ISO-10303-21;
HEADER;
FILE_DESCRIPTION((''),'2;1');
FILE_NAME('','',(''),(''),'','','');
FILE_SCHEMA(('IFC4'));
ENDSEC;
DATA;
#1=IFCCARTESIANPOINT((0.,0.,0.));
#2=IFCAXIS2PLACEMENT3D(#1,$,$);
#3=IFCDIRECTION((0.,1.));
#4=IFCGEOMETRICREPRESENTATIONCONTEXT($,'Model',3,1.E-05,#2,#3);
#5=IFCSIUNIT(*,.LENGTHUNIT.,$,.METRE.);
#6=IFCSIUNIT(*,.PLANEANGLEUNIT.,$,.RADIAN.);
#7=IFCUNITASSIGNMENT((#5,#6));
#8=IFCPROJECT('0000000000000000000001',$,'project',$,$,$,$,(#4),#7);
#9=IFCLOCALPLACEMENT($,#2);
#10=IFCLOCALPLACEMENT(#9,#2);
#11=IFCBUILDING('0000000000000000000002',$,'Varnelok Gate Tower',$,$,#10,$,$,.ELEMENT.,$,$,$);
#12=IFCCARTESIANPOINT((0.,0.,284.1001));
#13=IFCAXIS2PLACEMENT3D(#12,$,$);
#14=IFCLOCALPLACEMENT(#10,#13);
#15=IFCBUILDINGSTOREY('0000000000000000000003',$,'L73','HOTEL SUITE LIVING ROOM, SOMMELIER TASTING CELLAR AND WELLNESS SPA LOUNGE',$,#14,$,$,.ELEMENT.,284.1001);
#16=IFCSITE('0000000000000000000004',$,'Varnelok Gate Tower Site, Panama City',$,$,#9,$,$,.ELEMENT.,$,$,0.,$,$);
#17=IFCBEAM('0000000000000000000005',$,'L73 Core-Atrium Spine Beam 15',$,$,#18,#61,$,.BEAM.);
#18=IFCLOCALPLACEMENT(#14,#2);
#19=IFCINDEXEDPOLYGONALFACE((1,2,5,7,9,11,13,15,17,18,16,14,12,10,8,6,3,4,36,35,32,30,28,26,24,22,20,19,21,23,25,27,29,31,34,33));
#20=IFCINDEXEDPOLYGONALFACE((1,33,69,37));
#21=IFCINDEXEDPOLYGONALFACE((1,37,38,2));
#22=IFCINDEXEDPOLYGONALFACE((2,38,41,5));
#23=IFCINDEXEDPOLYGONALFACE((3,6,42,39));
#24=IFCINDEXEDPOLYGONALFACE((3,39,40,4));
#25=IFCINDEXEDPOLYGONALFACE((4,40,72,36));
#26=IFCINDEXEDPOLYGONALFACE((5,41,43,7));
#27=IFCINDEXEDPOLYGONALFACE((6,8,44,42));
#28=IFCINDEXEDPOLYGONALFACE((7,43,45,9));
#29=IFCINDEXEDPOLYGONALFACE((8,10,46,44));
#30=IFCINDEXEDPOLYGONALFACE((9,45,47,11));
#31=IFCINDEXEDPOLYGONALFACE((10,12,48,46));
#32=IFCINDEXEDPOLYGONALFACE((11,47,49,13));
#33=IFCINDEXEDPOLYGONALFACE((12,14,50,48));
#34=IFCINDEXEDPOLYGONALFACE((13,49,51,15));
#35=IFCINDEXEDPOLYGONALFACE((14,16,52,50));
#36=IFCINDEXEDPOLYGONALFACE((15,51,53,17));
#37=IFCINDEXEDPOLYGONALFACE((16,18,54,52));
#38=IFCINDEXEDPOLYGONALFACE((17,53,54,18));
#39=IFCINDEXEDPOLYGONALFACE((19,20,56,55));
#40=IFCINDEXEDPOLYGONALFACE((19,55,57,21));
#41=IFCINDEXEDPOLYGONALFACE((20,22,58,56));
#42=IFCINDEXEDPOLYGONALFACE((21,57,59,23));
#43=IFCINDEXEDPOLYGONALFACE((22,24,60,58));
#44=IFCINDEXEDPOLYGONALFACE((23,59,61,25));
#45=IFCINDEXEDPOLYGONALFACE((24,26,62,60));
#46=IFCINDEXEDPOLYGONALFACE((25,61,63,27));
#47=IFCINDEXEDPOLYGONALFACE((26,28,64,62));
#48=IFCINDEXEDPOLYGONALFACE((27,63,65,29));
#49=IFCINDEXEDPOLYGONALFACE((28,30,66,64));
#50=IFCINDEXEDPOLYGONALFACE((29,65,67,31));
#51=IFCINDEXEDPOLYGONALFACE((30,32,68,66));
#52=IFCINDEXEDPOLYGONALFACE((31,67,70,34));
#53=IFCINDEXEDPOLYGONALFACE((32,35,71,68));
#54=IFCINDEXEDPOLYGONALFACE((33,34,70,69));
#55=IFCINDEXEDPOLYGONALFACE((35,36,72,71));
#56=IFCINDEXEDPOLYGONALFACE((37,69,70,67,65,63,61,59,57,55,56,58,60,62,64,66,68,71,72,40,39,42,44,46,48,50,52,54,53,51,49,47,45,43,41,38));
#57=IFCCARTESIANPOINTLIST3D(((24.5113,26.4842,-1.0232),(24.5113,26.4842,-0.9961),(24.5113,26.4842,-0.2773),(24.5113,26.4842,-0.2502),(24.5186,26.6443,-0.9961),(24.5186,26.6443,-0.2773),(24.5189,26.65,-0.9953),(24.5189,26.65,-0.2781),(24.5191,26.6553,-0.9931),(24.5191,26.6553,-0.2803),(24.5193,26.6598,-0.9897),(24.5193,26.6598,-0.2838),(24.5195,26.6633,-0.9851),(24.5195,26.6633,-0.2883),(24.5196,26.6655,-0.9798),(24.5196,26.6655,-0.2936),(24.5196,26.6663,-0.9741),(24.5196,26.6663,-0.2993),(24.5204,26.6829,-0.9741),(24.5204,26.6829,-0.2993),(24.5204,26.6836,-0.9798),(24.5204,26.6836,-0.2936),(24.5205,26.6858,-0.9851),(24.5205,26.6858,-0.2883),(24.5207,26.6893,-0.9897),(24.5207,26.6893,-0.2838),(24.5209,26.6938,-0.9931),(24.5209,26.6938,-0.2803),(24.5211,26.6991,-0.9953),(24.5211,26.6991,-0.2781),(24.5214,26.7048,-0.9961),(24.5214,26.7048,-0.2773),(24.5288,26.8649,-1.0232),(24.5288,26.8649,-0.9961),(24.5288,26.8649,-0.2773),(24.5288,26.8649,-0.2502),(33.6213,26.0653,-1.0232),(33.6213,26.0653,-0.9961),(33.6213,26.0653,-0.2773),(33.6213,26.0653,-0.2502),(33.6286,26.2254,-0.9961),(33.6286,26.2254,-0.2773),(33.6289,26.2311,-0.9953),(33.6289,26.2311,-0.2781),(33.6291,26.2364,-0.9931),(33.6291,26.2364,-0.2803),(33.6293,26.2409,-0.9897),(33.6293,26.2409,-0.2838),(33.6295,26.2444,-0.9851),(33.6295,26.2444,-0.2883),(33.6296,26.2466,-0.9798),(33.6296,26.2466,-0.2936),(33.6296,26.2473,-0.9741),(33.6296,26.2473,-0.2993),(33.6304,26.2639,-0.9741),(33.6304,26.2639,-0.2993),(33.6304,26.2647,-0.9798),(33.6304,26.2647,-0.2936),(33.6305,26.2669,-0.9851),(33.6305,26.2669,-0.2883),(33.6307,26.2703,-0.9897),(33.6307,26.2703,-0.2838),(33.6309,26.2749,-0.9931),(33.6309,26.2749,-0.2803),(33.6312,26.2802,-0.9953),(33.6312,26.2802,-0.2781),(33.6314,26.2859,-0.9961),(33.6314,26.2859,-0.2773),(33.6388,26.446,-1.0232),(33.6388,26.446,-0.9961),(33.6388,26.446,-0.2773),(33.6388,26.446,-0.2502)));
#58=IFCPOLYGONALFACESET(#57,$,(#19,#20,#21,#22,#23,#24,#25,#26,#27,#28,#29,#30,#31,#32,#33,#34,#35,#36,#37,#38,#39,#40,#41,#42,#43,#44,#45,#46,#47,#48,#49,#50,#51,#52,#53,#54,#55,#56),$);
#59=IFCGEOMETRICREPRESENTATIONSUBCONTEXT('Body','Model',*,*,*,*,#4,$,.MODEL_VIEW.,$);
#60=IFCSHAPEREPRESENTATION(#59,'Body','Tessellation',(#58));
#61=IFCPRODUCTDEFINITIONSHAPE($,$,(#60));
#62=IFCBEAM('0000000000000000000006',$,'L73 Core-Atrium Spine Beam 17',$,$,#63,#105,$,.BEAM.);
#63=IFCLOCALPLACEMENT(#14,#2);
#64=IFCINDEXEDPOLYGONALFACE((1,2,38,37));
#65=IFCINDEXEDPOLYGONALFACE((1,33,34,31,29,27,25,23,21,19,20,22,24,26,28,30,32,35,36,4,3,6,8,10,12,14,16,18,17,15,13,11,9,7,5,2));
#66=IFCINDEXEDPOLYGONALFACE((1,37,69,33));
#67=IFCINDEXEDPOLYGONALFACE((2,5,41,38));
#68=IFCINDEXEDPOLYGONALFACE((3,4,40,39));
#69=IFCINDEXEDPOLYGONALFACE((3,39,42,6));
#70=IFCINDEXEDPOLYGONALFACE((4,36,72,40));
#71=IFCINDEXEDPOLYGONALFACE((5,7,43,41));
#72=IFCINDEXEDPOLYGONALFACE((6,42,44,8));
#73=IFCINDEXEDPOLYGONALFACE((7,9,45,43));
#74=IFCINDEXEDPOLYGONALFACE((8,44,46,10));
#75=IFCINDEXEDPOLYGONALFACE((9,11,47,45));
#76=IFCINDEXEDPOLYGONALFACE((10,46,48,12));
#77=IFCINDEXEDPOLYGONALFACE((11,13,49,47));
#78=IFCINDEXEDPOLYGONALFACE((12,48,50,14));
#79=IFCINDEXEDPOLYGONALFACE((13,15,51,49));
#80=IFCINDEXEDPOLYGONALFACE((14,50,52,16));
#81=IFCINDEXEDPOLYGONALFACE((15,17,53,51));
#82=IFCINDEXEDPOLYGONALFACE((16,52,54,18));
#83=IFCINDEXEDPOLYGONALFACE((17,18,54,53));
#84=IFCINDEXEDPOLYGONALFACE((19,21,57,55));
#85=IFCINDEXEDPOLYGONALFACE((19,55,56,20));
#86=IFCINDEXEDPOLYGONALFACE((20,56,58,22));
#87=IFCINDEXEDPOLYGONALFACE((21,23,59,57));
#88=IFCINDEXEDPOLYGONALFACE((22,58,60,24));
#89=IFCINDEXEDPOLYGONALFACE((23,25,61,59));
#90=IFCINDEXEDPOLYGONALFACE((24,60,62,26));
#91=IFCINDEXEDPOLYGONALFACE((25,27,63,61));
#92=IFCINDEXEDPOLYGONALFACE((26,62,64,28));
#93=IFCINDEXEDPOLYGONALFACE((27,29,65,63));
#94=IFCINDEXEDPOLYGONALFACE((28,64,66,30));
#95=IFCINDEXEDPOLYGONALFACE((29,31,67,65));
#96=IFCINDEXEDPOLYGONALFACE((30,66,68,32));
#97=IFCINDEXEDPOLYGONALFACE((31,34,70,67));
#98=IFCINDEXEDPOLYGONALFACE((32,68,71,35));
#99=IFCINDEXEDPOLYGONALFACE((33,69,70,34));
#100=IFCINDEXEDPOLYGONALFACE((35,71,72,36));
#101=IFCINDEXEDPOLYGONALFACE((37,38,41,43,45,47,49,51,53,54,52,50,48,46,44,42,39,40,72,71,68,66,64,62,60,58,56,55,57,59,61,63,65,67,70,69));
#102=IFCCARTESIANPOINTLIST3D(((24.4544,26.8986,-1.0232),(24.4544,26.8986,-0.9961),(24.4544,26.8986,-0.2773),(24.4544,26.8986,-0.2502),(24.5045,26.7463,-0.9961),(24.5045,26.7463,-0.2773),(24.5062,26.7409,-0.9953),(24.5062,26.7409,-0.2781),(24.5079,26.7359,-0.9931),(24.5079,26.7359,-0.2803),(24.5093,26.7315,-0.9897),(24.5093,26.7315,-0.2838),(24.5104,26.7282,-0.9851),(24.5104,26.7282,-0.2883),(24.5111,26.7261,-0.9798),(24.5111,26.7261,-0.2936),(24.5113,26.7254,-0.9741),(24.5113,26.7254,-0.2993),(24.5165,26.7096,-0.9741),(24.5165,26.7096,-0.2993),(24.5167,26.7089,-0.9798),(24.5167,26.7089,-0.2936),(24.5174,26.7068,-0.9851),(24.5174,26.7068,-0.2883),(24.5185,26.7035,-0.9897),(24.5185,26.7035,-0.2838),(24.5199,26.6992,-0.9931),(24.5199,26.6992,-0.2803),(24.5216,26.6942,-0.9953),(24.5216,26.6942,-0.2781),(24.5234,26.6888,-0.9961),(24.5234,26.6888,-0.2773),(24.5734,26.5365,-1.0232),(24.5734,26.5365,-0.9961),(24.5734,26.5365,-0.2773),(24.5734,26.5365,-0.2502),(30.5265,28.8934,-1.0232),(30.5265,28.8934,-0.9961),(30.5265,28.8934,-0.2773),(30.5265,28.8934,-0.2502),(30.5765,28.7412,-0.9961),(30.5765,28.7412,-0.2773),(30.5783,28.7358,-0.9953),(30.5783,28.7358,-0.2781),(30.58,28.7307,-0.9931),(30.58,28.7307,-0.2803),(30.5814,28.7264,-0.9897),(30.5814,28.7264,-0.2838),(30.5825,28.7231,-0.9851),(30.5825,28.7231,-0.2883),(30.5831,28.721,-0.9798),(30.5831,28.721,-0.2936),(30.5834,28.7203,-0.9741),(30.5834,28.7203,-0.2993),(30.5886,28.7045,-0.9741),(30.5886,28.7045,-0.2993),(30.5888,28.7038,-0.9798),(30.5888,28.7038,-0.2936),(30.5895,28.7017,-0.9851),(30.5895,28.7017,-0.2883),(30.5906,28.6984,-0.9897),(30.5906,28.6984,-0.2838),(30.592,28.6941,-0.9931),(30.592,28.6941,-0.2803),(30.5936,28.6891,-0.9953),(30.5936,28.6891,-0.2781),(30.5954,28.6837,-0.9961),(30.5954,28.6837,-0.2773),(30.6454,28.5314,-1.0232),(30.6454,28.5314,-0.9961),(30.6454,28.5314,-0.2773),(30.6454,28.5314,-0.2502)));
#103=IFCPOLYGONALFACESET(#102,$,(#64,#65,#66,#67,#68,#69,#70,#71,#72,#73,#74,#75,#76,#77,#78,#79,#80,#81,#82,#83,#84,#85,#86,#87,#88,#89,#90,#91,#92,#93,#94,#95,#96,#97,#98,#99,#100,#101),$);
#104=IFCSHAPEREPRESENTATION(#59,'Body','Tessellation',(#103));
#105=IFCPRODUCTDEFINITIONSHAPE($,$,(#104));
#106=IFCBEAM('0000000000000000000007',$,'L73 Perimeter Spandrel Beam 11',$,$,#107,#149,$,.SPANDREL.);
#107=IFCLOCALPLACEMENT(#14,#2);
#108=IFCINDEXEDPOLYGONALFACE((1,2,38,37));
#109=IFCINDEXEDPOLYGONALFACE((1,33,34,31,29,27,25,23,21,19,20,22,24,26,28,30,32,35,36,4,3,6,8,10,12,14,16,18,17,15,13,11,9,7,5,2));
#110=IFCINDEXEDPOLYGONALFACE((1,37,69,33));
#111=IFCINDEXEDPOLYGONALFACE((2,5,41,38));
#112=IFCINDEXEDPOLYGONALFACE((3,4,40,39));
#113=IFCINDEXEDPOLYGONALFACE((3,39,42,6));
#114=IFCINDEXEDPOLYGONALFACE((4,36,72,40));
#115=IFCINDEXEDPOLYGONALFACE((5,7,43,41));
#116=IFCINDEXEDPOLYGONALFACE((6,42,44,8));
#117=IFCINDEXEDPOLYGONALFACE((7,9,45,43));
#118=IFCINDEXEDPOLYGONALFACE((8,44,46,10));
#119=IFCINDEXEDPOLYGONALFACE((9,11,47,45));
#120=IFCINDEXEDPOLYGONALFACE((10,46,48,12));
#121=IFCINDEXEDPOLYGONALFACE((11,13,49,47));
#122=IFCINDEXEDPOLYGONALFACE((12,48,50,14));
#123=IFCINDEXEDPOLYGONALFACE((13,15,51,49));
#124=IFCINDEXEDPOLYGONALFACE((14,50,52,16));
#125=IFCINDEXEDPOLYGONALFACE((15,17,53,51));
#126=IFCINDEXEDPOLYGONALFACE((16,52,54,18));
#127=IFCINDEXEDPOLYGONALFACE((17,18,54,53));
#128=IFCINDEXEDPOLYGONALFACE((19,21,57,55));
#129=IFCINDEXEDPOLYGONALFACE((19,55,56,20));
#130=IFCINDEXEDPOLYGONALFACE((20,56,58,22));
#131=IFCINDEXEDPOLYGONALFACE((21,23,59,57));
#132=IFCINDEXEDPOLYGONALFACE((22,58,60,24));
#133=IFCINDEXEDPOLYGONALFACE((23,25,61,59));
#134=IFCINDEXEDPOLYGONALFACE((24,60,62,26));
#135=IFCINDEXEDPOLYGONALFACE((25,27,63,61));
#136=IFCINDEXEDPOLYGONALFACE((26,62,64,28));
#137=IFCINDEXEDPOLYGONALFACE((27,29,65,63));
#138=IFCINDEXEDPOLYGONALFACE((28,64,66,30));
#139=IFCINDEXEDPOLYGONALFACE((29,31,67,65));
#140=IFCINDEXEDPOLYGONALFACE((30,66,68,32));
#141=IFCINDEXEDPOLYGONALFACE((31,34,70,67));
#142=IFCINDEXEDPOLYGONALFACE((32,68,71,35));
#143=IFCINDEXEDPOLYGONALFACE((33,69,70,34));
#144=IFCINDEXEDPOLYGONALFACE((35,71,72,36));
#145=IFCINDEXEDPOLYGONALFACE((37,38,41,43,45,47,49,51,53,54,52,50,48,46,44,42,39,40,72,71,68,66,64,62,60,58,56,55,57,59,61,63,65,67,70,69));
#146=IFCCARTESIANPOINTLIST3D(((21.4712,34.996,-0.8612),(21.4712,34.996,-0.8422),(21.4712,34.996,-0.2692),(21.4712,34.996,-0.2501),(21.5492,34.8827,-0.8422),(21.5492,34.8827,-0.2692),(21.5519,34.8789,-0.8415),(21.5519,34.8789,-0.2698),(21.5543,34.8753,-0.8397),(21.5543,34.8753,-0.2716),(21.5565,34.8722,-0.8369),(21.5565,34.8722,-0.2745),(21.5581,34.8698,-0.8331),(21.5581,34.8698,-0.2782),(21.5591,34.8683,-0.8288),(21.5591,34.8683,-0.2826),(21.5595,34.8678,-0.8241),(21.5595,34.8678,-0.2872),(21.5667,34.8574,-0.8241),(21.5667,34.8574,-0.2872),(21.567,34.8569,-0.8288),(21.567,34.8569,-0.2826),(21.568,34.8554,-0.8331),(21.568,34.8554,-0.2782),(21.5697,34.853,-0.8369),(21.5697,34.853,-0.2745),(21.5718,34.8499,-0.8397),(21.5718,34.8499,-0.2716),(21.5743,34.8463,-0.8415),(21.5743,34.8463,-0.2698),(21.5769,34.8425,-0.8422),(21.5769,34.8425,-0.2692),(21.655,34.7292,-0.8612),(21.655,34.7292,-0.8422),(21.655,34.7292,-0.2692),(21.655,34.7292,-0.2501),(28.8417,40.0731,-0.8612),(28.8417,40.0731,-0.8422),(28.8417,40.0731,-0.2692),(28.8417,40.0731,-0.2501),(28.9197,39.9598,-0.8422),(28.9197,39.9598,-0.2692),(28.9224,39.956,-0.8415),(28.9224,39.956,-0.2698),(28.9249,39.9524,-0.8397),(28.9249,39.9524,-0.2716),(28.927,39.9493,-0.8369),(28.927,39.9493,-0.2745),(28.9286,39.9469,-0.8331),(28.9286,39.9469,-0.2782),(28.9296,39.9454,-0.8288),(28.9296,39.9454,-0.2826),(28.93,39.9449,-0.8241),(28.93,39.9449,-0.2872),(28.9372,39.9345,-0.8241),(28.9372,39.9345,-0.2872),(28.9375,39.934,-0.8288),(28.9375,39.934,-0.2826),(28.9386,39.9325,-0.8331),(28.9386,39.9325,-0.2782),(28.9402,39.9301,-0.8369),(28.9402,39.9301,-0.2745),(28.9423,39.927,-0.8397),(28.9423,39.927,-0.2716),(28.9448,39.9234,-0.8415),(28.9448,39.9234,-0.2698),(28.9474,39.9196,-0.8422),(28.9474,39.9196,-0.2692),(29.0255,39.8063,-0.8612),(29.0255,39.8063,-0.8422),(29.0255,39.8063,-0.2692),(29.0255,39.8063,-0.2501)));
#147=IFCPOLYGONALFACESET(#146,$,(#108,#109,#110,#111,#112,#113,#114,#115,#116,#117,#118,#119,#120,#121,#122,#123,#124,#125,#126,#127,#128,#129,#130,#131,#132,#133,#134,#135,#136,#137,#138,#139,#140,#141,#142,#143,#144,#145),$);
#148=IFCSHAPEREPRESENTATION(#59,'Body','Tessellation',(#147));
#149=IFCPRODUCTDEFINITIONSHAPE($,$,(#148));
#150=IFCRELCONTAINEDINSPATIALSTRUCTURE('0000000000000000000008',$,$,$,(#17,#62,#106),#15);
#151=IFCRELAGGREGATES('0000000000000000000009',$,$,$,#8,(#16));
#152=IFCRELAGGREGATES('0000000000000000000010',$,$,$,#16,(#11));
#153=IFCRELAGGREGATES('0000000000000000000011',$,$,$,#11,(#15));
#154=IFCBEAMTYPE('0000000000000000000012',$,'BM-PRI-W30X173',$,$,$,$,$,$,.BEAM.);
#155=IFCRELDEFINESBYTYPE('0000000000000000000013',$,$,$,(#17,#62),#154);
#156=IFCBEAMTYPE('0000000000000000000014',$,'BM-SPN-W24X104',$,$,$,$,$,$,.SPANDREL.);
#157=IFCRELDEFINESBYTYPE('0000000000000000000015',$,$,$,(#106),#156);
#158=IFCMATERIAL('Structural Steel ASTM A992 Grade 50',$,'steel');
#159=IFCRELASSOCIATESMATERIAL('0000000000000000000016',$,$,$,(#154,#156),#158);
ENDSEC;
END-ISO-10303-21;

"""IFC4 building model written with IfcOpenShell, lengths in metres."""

from ifc_helpers import new_model, si_unit, direction, frame, origin, origin_2d, place, context, subcontext, project, spatial, i_section, extrude, material, material_profile, profile_set, type_object, element, save


model = new_model("IFC4")

# Units and contexts
model_context = context("Model", 3, precision=1e-05, world=origin(), true_north=direction((0.0, 1.0)))
body_context = subcontext(model_context, "Body", "Model", "MODEL_VIEW")
ifc_project = project(units=[si_unit("LENGTHUNIT", "METRE"), si_unit("PLANEANGLEUNIT", "RADIAN")], contexts=[model_context])

# Site, building, storey
site_placement = place(None, origin())
site = spatial("IfcSite", under=ifc_project, at=site_placement, Name="Varnelok Gate Tower Site, Panama City", CompositionType="ELEMENT", RefElevation=0.0)
building_placement = place(site_placement, origin())
building = spatial("IfcBuilding", under=site, at=building_placement, Name="Varnelok Gate Tower", CompositionType="ELEMENT")
storey_placement = place(building_placement, frame((0.0, 0.0, 284.1001)))
storey = spatial("IfcBuildingStorey", under=building, at=storey_placement, Name="L73", Description="HOTEL SUITE LIVING ROOM, SOMMELIER TASTING CELLAR AND WELLNESS SPA LOUNGE", CompositionType="ELEMENT", Elevation=284.1001)

# Shared definitions
ifc_material_1 = material(Name="Structural Steel ASTM A992 Grade 50", Category="steel")

# Beams
ifc_material_profile_1 = material_profile(ifc_material_1, i_section(OverallWidth=0.3811, OverallDepth=0.7729, WebThickness=0.0166, FlangeThickness=0.0271, FilletRadius=0.022, at=origin_2d()), Name="W30X173")
ifc_profile_set_1 = profile_set([ifc_material_profile_1], Name="Structural Steel ASTM A992 Grade 50")
beam_type_1 = type_object("IfcBeamType", Name="BM-PRI-W30X173", PredefinedType="BEAM", material=ifc_profile_set_1)
beam_1_placement = place(storey_placement, frame((24.52, 26.6746, -0.6367), z_axis=(0.998944, -0.045938, 0.0), x_axis=(0.045938, 0.998944, 0.0)))
element("IfcBeam", 1, at=beam_1_placement, inside=storey, type_object=beam_type_1, Name="L73 Core-Atrium Spine Beam 15", PredefinedType="BEAM", context=body_context, shape_type="SweptSolid", body=[
    extrude(i_section(OverallWidth=0.3811, OverallDepth=0.7729, WebThickness=0.0166, FlangeThickness=0.0271, FilletRadius=0.022, at=origin_2d()), origin(), (0.0, 0.0, 1.0), 9.1196),
])
beam_2_placement = place(storey_placement, frame((24.5139, 26.7175, -0.6367), z_axis=(0.950042, 0.312122, 0.0), x_axis=(-0.312122, 0.950042, 0.0)))
element("IfcBeam", 2, at=beam_2_placement, inside=storey, type_object=beam_type_1, Name="L73 Core-Atrium Spine Beam 17", PredefinedType="BEAM", context=body_context, shape_type="SweptSolid", body=[
    extrude(i_section(OverallWidth=0.3811, OverallDepth=0.7729, WebThickness=0.0166, FlangeThickness=0.0271, FilletRadius=0.022, at=origin_2d()), origin(), (0.0, 0.0, 1.0), 6.3914),
])
ifc_material_profile_2 = material_profile(ifc_material_1, i_section(OverallWidth=0.324, OverallDepth=0.6111, WebThickness=0.0127, FlangeThickness=0.019, FilletRadius=0.0181, at=origin_2d()), Name="W24X104")
ifc_profile_set_2 = profile_set([ifc_material_profile_2], Name="Structural Steel ASTM A992 Grade 50")
beam_type_2 = type_object("IfcBeamType", Name="BM-SPN-W24X104", PredefinedType="SPANDREL", material=ifc_profile_set_2)
beam_3_placement = place(storey_placement, frame((28.9336, 39.9397, -0.5557), z_axis=(-0.823527, -0.567276, 0.0), x_axis=(0.567276, -0.823527, 0.0)))
element("IfcBeam", 3, at=beam_3_placement, inside=storey, type_object=beam_type_2, Name="L73 Perimeter Spandrel Beam 11", PredefinedType="SPANDREL", context=body_context, shape_type="SweptSolid", body=[
    extrude(i_section(OverallWidth=0.324, OverallDepth=0.6111, WebThickness=0.0127, FlangeThickness=0.019, FilletRadius=0.0181, at=origin_2d()), origin(), (0.0, 0.0, 1.0), 8.95),
])

save(model, "model.ifc")
